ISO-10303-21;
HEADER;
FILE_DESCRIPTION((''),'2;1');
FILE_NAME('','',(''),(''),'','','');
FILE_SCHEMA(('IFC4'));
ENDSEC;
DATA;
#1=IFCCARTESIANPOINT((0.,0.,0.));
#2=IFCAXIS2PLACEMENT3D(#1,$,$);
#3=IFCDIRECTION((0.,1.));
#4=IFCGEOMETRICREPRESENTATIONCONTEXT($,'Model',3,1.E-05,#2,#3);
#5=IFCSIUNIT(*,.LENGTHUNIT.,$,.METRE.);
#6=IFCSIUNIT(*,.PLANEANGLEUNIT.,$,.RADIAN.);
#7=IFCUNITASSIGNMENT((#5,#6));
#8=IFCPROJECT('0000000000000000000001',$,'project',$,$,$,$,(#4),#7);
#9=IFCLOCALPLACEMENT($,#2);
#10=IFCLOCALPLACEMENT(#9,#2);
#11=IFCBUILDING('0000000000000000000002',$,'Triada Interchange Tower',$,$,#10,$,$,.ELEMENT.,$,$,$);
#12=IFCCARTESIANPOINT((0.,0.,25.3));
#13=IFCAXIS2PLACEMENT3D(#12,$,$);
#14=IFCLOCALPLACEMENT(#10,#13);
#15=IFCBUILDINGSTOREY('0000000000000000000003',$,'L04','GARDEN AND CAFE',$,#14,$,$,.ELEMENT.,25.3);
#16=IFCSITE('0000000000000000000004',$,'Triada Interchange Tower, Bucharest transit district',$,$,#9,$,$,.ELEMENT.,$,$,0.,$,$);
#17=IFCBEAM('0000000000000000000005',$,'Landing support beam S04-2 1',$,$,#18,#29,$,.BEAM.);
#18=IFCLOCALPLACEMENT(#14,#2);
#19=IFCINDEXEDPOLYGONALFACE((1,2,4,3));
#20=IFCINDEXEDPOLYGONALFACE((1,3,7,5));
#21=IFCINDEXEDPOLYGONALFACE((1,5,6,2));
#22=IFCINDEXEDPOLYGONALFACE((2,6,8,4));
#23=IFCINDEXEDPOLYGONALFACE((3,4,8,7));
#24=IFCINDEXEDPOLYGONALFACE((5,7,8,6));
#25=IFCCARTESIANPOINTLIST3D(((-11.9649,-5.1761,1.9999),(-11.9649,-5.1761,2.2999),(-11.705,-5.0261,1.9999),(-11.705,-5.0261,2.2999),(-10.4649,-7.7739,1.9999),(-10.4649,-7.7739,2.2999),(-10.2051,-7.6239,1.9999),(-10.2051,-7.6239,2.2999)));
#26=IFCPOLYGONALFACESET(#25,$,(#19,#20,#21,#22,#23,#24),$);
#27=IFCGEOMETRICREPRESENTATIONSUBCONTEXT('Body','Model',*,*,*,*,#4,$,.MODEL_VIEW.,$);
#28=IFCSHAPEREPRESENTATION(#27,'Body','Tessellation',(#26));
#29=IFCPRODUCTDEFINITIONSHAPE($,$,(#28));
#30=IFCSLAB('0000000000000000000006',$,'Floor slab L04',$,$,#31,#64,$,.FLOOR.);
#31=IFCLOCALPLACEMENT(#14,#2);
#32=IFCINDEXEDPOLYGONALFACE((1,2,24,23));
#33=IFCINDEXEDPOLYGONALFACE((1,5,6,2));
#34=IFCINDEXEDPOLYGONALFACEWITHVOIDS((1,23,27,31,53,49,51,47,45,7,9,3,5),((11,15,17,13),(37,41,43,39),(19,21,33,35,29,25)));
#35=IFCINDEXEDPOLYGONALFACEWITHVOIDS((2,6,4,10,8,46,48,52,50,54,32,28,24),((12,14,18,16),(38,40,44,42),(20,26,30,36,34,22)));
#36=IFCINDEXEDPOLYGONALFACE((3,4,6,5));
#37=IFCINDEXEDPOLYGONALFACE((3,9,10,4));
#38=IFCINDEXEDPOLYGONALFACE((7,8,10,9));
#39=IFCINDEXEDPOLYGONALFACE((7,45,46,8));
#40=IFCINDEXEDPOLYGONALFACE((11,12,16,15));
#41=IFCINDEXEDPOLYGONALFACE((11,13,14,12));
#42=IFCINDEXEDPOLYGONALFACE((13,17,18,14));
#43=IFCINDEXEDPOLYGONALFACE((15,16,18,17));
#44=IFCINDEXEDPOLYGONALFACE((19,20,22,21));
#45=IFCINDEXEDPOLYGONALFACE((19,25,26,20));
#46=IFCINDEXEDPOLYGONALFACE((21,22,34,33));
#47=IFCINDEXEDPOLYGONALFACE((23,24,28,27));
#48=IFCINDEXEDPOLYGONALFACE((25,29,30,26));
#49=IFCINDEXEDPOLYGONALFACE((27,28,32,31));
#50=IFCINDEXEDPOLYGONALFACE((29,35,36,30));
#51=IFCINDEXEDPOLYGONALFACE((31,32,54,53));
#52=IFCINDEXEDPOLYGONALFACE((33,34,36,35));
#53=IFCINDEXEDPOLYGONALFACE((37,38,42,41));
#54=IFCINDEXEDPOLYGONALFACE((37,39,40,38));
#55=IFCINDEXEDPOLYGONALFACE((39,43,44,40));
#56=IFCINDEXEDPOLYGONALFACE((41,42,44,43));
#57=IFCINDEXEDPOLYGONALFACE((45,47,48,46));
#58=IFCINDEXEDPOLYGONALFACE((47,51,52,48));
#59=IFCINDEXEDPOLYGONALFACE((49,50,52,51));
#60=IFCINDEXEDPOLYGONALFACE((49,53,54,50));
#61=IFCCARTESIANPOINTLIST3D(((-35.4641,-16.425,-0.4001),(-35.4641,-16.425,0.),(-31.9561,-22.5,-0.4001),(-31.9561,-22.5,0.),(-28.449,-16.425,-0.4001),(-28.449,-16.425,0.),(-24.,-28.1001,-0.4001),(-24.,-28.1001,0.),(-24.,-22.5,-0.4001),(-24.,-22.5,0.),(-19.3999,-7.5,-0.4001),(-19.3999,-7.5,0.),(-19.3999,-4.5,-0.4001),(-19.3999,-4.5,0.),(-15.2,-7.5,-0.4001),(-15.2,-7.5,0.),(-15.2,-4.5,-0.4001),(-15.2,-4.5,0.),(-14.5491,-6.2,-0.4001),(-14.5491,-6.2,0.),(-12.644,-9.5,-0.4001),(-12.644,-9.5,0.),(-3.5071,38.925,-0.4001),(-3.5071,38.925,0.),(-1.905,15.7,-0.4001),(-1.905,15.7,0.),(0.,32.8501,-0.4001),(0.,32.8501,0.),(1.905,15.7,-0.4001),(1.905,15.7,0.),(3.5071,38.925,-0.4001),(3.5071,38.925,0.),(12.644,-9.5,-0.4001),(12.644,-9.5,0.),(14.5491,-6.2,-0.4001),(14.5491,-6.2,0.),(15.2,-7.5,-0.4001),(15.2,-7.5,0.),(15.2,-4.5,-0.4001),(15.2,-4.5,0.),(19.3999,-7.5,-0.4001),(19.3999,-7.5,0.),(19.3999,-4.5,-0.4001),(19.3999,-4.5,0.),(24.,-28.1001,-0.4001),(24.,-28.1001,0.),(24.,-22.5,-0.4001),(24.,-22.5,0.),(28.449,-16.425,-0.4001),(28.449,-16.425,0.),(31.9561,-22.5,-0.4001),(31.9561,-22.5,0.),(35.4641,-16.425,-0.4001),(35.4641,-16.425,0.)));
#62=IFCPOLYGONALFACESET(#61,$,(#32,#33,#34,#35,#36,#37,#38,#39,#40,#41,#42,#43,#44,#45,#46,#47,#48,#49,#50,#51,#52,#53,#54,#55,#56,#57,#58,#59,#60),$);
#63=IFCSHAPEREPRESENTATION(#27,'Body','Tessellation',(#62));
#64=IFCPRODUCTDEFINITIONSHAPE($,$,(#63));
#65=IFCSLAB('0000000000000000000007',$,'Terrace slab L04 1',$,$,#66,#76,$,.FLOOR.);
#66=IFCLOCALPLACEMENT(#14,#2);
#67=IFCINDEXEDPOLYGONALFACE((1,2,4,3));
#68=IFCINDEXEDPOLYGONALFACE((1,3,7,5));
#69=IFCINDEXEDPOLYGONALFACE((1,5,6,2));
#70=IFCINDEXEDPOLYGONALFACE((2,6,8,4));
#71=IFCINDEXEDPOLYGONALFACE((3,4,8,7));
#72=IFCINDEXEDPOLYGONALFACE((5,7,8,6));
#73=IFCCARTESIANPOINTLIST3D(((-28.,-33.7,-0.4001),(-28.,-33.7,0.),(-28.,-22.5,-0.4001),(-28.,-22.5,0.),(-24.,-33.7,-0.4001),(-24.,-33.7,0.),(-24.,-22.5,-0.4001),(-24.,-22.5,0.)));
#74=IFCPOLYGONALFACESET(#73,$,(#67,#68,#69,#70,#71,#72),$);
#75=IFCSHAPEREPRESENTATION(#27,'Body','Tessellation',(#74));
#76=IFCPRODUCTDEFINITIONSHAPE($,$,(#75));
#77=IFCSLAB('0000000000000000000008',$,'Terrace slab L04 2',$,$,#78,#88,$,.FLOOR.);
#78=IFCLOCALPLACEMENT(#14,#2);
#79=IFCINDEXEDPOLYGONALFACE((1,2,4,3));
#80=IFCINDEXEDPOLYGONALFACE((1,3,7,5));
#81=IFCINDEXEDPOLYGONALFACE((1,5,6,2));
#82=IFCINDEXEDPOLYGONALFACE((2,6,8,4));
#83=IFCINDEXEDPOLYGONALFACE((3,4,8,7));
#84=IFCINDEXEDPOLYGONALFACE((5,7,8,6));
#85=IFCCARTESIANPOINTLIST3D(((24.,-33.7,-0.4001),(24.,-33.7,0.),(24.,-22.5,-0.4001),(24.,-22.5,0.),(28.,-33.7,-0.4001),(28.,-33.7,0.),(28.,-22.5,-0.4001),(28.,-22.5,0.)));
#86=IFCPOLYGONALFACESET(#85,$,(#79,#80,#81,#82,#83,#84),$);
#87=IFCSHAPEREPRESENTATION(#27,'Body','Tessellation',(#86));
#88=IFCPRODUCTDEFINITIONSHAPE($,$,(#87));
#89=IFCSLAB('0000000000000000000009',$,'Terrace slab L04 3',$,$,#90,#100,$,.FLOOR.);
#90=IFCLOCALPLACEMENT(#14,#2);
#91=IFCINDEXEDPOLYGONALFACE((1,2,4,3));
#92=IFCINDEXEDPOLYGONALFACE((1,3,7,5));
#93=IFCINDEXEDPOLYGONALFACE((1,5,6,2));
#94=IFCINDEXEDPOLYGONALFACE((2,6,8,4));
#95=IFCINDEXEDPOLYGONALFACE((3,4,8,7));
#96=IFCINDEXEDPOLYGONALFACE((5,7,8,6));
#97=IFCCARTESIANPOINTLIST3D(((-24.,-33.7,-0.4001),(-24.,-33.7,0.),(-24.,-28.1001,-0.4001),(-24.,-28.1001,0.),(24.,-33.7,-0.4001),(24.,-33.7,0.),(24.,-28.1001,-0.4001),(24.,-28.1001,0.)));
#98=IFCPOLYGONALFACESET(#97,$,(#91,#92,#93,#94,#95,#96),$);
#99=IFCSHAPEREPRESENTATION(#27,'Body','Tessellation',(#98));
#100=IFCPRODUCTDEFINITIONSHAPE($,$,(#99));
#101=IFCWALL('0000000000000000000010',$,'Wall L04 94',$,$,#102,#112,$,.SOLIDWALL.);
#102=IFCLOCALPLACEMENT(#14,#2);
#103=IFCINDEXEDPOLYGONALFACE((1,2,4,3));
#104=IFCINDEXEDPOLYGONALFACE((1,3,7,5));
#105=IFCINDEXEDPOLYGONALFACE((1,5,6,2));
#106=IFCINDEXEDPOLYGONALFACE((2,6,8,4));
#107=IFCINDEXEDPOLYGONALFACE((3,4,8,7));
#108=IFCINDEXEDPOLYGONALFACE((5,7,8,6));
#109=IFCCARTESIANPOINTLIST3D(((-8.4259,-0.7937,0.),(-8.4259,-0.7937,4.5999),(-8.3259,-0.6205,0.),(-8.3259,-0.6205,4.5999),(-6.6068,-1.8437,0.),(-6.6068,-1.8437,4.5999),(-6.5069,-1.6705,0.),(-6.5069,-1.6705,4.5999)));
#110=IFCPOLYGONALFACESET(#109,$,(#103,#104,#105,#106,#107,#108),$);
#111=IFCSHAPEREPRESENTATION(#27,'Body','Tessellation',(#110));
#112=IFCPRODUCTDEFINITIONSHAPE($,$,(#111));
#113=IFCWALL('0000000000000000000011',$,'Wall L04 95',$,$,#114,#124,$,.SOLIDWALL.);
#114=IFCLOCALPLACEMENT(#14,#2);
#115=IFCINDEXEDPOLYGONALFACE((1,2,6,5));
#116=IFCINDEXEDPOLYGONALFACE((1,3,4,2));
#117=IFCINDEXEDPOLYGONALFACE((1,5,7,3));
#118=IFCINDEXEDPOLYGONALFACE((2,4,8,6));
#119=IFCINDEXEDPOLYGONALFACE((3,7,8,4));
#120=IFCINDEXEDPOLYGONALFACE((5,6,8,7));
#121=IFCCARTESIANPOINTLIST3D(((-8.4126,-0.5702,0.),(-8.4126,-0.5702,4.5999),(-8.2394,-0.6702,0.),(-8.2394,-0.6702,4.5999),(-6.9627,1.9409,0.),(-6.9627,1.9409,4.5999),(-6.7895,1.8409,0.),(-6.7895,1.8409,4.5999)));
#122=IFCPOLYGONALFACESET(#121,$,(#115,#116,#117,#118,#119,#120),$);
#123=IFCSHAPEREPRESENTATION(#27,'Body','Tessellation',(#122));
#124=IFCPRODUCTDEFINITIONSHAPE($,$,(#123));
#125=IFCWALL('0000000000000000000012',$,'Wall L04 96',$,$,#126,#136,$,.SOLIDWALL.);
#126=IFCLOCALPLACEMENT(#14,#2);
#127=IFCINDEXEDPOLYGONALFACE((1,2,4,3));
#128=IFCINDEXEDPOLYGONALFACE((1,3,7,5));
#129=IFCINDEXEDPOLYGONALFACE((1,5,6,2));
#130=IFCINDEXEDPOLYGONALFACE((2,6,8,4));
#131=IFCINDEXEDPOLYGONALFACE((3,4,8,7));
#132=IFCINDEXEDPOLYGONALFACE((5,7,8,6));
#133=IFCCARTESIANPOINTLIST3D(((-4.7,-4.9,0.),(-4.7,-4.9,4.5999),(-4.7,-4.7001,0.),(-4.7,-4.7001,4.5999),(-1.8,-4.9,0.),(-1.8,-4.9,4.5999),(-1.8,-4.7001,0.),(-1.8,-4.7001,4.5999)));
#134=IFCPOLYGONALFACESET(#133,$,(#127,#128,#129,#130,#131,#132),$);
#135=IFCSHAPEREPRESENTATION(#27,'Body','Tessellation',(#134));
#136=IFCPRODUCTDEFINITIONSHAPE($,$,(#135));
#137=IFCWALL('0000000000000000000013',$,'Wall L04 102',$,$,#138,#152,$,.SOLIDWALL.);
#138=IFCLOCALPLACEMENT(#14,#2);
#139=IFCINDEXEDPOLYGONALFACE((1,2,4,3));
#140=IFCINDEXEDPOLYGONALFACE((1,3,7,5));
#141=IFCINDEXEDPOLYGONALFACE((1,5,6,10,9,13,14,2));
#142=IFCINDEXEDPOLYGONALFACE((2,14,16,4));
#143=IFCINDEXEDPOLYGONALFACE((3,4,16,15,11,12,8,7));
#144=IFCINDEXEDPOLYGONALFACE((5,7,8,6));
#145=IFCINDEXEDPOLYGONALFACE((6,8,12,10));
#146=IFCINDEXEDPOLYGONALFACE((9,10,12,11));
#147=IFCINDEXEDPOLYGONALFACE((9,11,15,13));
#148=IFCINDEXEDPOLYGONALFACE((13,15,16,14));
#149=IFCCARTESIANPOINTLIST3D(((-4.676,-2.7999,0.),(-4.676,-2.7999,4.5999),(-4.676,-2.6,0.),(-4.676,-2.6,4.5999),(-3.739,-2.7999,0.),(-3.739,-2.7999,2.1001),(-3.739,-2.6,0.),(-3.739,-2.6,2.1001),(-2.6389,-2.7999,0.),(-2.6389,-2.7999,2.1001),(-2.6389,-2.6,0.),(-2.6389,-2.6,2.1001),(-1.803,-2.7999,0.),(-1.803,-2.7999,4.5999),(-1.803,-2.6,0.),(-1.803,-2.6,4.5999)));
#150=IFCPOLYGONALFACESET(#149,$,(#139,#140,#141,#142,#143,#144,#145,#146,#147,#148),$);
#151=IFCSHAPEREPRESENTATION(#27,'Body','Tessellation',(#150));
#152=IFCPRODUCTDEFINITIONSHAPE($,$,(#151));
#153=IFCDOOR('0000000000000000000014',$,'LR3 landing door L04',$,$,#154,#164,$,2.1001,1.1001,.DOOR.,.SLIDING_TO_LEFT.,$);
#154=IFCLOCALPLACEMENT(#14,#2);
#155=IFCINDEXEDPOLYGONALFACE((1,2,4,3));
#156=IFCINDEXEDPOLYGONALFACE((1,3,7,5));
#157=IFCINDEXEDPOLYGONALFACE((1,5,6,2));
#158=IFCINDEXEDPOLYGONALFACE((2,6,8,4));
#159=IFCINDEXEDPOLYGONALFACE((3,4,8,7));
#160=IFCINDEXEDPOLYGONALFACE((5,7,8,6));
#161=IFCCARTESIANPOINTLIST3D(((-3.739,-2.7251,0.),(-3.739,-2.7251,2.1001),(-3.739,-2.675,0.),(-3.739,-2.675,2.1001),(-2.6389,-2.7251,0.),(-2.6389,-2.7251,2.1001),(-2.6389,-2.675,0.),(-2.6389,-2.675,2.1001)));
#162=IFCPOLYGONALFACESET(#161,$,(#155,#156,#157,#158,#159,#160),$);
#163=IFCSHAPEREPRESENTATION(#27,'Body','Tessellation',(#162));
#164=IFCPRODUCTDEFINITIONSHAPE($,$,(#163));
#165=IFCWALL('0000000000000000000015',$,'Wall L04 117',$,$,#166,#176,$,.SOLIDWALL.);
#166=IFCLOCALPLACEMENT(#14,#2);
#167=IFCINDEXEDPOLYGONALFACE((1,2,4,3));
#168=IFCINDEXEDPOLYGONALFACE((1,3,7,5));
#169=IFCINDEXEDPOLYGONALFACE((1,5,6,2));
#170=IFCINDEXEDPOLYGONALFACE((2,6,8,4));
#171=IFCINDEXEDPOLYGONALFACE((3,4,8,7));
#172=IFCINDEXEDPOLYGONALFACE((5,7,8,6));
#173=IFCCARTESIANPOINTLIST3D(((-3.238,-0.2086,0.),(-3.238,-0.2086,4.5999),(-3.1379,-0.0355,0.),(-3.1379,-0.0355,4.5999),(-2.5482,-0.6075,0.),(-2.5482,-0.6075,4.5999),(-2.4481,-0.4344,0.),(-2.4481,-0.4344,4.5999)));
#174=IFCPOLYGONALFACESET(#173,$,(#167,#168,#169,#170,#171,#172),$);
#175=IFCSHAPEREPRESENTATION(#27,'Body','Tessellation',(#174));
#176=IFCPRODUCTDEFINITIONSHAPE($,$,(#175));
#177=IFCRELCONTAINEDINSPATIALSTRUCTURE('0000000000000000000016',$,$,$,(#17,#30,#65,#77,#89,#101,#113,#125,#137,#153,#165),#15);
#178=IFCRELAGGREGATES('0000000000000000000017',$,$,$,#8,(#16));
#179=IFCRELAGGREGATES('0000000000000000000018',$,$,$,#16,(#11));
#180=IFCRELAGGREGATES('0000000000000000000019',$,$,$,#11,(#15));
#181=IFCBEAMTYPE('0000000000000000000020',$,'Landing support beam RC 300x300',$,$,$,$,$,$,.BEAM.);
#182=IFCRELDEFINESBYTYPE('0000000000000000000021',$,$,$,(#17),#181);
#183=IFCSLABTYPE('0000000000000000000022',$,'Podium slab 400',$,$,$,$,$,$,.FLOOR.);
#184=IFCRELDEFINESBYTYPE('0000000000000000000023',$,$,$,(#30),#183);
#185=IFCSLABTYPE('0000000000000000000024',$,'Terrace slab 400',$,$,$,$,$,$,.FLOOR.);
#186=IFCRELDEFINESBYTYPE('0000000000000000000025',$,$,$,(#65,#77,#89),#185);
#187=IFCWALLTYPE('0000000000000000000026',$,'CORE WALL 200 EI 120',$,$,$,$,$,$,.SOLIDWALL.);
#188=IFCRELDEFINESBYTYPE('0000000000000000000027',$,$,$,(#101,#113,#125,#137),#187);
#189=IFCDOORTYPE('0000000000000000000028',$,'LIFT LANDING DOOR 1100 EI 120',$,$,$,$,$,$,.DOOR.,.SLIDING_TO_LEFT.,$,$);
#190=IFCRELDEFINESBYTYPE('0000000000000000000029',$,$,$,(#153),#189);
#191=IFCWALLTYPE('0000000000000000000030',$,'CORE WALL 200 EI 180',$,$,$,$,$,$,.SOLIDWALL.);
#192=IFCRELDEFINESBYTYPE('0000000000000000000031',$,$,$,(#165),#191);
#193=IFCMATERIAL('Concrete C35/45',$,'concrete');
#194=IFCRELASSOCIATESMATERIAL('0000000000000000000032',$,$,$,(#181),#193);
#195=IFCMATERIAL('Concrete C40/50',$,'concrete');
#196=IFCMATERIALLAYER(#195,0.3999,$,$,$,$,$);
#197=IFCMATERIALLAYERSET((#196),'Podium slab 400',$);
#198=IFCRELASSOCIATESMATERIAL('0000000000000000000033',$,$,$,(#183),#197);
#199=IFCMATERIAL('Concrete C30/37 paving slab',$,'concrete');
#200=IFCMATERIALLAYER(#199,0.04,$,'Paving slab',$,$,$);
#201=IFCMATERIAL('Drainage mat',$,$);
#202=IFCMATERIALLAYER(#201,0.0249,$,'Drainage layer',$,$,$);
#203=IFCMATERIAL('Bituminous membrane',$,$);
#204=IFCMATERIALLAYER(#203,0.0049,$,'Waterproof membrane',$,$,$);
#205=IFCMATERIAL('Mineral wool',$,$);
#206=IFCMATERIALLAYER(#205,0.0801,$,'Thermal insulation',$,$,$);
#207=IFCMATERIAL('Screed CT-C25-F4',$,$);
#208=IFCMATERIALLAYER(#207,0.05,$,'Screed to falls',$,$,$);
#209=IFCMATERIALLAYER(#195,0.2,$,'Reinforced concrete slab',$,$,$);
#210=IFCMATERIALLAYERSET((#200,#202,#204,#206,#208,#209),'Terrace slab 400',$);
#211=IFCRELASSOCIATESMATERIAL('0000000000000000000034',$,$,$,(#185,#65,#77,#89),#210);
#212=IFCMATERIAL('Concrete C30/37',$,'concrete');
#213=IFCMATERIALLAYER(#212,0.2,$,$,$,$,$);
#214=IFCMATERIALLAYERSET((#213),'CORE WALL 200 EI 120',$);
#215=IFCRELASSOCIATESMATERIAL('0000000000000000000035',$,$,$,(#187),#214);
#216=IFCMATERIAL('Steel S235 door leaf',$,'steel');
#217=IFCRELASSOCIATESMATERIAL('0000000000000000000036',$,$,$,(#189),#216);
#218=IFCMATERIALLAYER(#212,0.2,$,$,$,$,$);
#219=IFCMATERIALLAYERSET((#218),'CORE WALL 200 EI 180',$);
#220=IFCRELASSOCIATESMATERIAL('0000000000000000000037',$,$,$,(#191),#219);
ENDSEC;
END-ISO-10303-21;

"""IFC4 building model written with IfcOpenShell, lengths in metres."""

from ifc_helpers import new_model, si_unit, direction, frame, frame_2d, origin, origin_2d, place, context, subcontext, project, spatial, polyline, rectangle, outline, extrude, material, layer, layer_set, layer_usage, material_profile, profile_set, type_object, element, fill, save


model = new_model("IFC4")

# Units and contexts
model_context = context("Model", 3, precision=1e-05, world=origin(), true_north=direction((0.0, 1.0)))
body_context = subcontext(model_context, "Body", "Model", "MODEL_VIEW")
ifc_project = project(units=[si_unit("LENGTHUNIT", "METRE"), si_unit("PLANEANGLEUNIT", "RADIAN")], contexts=[model_context])

# Site, building, storey
site_placement = place(None, origin())
site = spatial("IfcSite", under=ifc_project, at=site_placement, Name="Triada Interchange Tower, Bucharest transit district", CompositionType="ELEMENT", RefElevation=0.0)
building_placement = place(site_placement, origin())
building = spatial("IfcBuilding", under=site, at=building_placement, Name="Triada Interchange Tower", CompositionType="ELEMENT")
storey_placement = place(building_placement, frame((0.0, 0.0, 25.3)))
storey = spatial("IfcBuildingStorey", under=building, at=storey_placement, Name="L04", Description="GARDEN AND CAFE", CompositionType="ELEMENT", Elevation=25.3)

# Beam
ifc_material_1 = material(Name="Concrete C35/45", Category="concrete")
ifc_material_profile = material_profile(ifc_material_1, rectangle(XDim=0.3, YDim=0.3, at=origin_2d()), Name="RC 300x300")
ifc_profile_set = profile_set([ifc_material_profile], Name="Concrete C35/45")
beam_type = type_object("IfcBeamType", Name="Landing support beam RC 300x300", PredefinedType="BEAM", material=ifc_profile_set)
beam_placement = place(storey_placement, frame((-11.835, -5.1011, 2.1499), z_axis=(0.500025, -0.866011, 0.0), x_axis=(0.866011, 0.500025, 0.0)))
element("IfcBeam", 1, at=beam_placement, inside=storey, type_object=beam_type, Name="Landing support beam S04-2 1", PredefinedType="BEAM", context=body_context, shape_type="SweptSolid", body=[
    extrude(rectangle(XDim=0.3, YDim=0.3, at=origin_2d()), origin(), (0.0, 0.0, 1.0), 2.9998),
])

# Slabs
ifc_material_2 = material(Name="Concrete C40/50", Category="concrete")
ifc_layer_1 = layer(ifc_material_2, 0.3999)
ifc_layer_set_1 = layer_set([ifc_layer_1], Name="Podium slab 400")
slab_type_1 = type_object("IfcSlabType", Name="Podium slab 400", PredefinedType="FLOOR", material=ifc_layer_set_1)
slab_1_placement = place(storey_placement, frame((0.0, 0.0, -0.4001)))
element("IfcSlab", 2, at=slab_1_placement, inside=storey, type_object=slab_type_1, Name="Floor slab L04", PredefinedType="FLOOR", context=body_context, shape_type="SweptSolid", body=[
    extrude(outline(polyline([(-24.0, -28.1001), (24.0, -28.1001), (24.0, -22.5), (31.9561, -22.5), (28.449, -16.425), (35.4641, -16.425), (3.5071, 38.925), (0.0, 32.8501), (-3.5071, 38.925), (-35.4641, -16.425), (-28.449, -16.425), (-31.9561, -22.5), (-24.0, -22.5), (-24.0, -28.1001)]), holes=[polyline([(-15.2, -7.5), (-19.3999, -7.5), (-19.3999, -4.5), (-15.2, -4.5), (-15.2, -7.5)]), polyline([(19.3999, -4.5), (19.3999, -7.5), (15.2, -7.5), (15.2, -4.5), (19.3999, -4.5)]), polyline([(12.644, -9.5), (-12.644, -9.5), (-14.5491, -6.2), (-1.905, 15.7), (1.905, 15.7), (14.5491, -6.2), (12.644, -9.5)])]), origin(), (0.0, 0.0, 1.0), 0.4001),
])
ifc_material_3 = material(Name="Concrete C30/37 paving slab", Category="concrete")
ifc_layer_2 = layer(ifc_material_3, 0.04, Name="Paving slab")
ifc_material_4 = material(Name="Drainage mat")
ifc_layer_3 = layer(ifc_material_4, 0.0249, Name="Drainage layer")
ifc_material_5 = material(Name="Bituminous membrane")
ifc_layer_4 = layer(ifc_material_5, 0.0049, Name="Waterproof membrane")
ifc_material_6 = material(Name="Mineral wool")
ifc_layer_5 = layer(ifc_material_6, 0.0801, Name="Thermal insulation")
ifc_material_7 = material(Name="Screed CT-C25-F4")
ifc_layer_6 = layer(ifc_material_7, 0.05, Name="Screed to falls")
ifc_layer_7 = layer(ifc_material_2, 0.2, Name="Reinforced concrete slab")
ifc_layer_set_2 = layer_set([ifc_layer_2, ifc_layer_3, ifc_layer_4, ifc_layer_5, ifc_layer_6, ifc_layer_7], Name="Terrace slab 400")
ifc_layer_usage = layer_usage(ifc_layer_set_2, "AXIS3", "POSITIVE", 0.0)
slab_type_2 = type_object("IfcSlabType", Name="Terrace slab 400", PredefinedType="FLOOR", material=ifc_layer_set_2)
slab_2_placement = place(storey_placement, frame((0.0, 0.0, -0.4001)))
element("IfcSlab", 3, at=slab_2_placement, inside=storey, type_object=slab_type_2, material=ifc_layer_usage, Name="Terrace slab L04 1", PredefinedType="FLOOR", context=body_context, shape_type="SweptSolid", body=[
    extrude(outline(polyline([(-28.0, -33.7), (-24.0, -33.7), (-24.0, -22.5), (-28.0, -22.5), (-28.0, -33.7)])), origin(), (0.0, 0.0, 1.0), 0.4001),
])
slab_3_placement = place(storey_placement, frame((0.0, 0.0, -0.4001)))
element("IfcSlab", 4, at=slab_3_placement, inside=storey, type_object=slab_type_2, material=ifc_layer_usage, Name="Terrace slab L04 2", PredefinedType="FLOOR", context=body_context, shape_type="SweptSolid", body=[
    extrude(outline(polyline([(24.0, -33.7), (28.0, -33.7), (28.0, -22.5), (24.0, -22.5), (24.0, -33.7)])), origin(), (0.0, 0.0, 1.0), 0.4001),
])
slab_4_placement = place(storey_placement, frame((0.0, 0.0, -0.4001)))
element("IfcSlab", 5, at=slab_4_placement, inside=storey, type_object=slab_type_2, material=ifc_layer_usage, Name="Terrace slab L04 3", PredefinedType="FLOOR", context=body_context, shape_type="SweptSolid", body=[
    extrude(outline(polyline([(-24.0, -33.7), (24.0, -33.7), (24.0, -28.1001), (-24.0, -28.1001), (-24.0, -33.7)])), origin(), (0.0, 0.0, 1.0), 0.4001),
])

# Walls
ifc_material_8 = material(Name="Concrete C30/37", Category="concrete")
ifc_layer_8 = layer(ifc_material_8, 0.2)
ifc_layer_set_3 = layer_set([ifc_layer_8], Name="CORE WALL 200 EI 120")
wall_type_1 = type_object("IfcWallType", Name="CORE WALL 200 EI 120", PredefinedType="SOLIDWALL", material=ifc_layer_set_3)
wall_1_placement = place(storey_placement, frame((-8.376, -0.707, 0.0), z_axis=(0.0, 0.0, 1.0), x_axis=(0.866068, -0.499927, 0.0)))
element("IfcWall", 6, at=wall_1_placement, inside=storey, type_object=wall_type_1, Name="Wall L04 94", PredefinedType="SOLIDWALL", context=body_context, shape_type="SweptSolid", body=[
    extrude(rectangle(XDim=2.1003, YDim=0.2, at=frame_2d((1.0503, 0.0))), origin(), (0.0, 0.0, 1.0), 4.5999),
])
wall_2_placement = place(storey_placement, frame((-8.3259, -0.6201, 0.0), z_axis=(0.0, 0.0, 1.0), x_axis=(0.500024, 0.866012, 0.0)))
element("IfcWall", 7, at=wall_2_placement, inside=storey, type_object=wall_type_1, Name="Wall L04 95", PredefinedType="SOLIDWALL", context=body_context, shape_type="SweptSolid", body=[
    extrude(rectangle(XDim=2.8997, YDim=0.2, at=frame_2d((1.4497, 0.0))), origin(), (0.0, 0.0, 1.0), 4.5999),
])
wall_3_placement = place(storey_placement, frame((-4.7, -4.8, 0.0), z_axis=(0.0, 0.0, 1.0), x_axis=(1.0, 0.0, 0.0)))
element("IfcWall", 8, at=wall_3_placement, inside=storey, type_object=wall_type_1, Name="Wall L04 96", PredefinedType="SOLIDWALL", context=body_context, shape_type="SweptSolid", body=[
    extrude(rectangle(XDim=2.8999, YDim=0.2, at=frame_2d((1.45, 0.0))), origin(), (0.0, 0.0, 1.0), 4.5999),
])

# Wall, opening, door
wall_4_placement = place(storey_placement, frame((-4.676, -2.7, 0.0), z_axis=(0.0, 0.0, 1.0), x_axis=(1.0, 0.0, 0.0)))
wall_4 = element("IfcWall", 9, at=wall_4_placement, inside=storey, type_object=wall_type_1, Name="Wall L04 102", PredefinedType="SOLIDWALL", context=body_context, shape_type="SweptSolid", body=[
    extrude(rectangle(XDim=2.873, YDim=0.2, at=frame_2d((1.4365, 0.0))), origin(), (0.0, 0.0, 1.0), 4.5999),
])
opening_placement = place(wall_4_placement, frame((0.937, 0.0, 0.0)))
opening = element("IfcOpeningElement", 10, at=opening_placement, cuts=wall_4, PredefinedType="OPENING", context=body_context, shape_type="SweptSolid", body=[
    extrude(rectangle(XDim=1.1001, YDim=2.1001, at=frame_2d((0.55, 1.05))), frame((0.0, 0.1099, 0.0), z_axis=(0.0, -1.0, 0.0), x_axis=(1.0, 0.0, 0.0)), (0.0, 0.0, 1.0), 0.22),
])
ifc_material_9 = material(Name="Steel S235 door leaf", Category="steel")
door_type = type_object("IfcDoorType", Name="LIFT LANDING DOOR 1100 EI 120", OperationType="SLIDING_TO_LEFT", PredefinedType="DOOR", material=ifc_material_9)
door_placement = place(opening_placement, origin())
door = element("IfcDoor", 11, at=door_placement, inside=storey, type_object=door_type, Name="LR3 landing door L04", OperationType="SLIDING_TO_LEFT", OverallHeight=2.1001, OverallWidth=1.1001, PredefinedType="DOOR", context=body_context, shape_type="SweptSolid", body=[
    extrude(rectangle(XDim=1.1001, YDim=2.1001, at=frame_2d((0.55, 1.05))), frame((0.0, 0.0249, 0.0), z_axis=(0.0, -1.0, 0.0), x_axis=(1.0, 0.0, 0.0)), (0.0, 0.0, 1.0), 0.05),
])
fill(opening, door)

# Wall
ifc_layer_9 = layer(ifc_material_8, 0.2)
ifc_layer_set_4 = layer_set([ifc_layer_9], Name="CORE WALL 200 EI 180")
wall_type_2 = type_object("IfcWallType", Name="CORE WALL 200 EI 180", PredefinedType="SOLIDWALL", material=ifc_layer_set_4)
wall_5_placement = place(storey_placement, frame((-3.188, -0.1221, 0.0), z_axis=(0.0, 0.0, 1.0), x_axis=(0.865706, -0.500553, 0.0)))
element("IfcWall", 12, at=wall_5_placement, inside=storey, type_object=wall_type_2, Name="Wall L04 117", PredefinedType="SOLIDWALL", context=body_context, shape_type="SweptSolid", body=[
    extrude(rectangle(XDim=0.7969, YDim=0.2, at=frame_2d((0.3984, 0.0))), origin(), (0.0, 0.0, 1.0), 4.5999),
])

save(model, "model.ifc")
